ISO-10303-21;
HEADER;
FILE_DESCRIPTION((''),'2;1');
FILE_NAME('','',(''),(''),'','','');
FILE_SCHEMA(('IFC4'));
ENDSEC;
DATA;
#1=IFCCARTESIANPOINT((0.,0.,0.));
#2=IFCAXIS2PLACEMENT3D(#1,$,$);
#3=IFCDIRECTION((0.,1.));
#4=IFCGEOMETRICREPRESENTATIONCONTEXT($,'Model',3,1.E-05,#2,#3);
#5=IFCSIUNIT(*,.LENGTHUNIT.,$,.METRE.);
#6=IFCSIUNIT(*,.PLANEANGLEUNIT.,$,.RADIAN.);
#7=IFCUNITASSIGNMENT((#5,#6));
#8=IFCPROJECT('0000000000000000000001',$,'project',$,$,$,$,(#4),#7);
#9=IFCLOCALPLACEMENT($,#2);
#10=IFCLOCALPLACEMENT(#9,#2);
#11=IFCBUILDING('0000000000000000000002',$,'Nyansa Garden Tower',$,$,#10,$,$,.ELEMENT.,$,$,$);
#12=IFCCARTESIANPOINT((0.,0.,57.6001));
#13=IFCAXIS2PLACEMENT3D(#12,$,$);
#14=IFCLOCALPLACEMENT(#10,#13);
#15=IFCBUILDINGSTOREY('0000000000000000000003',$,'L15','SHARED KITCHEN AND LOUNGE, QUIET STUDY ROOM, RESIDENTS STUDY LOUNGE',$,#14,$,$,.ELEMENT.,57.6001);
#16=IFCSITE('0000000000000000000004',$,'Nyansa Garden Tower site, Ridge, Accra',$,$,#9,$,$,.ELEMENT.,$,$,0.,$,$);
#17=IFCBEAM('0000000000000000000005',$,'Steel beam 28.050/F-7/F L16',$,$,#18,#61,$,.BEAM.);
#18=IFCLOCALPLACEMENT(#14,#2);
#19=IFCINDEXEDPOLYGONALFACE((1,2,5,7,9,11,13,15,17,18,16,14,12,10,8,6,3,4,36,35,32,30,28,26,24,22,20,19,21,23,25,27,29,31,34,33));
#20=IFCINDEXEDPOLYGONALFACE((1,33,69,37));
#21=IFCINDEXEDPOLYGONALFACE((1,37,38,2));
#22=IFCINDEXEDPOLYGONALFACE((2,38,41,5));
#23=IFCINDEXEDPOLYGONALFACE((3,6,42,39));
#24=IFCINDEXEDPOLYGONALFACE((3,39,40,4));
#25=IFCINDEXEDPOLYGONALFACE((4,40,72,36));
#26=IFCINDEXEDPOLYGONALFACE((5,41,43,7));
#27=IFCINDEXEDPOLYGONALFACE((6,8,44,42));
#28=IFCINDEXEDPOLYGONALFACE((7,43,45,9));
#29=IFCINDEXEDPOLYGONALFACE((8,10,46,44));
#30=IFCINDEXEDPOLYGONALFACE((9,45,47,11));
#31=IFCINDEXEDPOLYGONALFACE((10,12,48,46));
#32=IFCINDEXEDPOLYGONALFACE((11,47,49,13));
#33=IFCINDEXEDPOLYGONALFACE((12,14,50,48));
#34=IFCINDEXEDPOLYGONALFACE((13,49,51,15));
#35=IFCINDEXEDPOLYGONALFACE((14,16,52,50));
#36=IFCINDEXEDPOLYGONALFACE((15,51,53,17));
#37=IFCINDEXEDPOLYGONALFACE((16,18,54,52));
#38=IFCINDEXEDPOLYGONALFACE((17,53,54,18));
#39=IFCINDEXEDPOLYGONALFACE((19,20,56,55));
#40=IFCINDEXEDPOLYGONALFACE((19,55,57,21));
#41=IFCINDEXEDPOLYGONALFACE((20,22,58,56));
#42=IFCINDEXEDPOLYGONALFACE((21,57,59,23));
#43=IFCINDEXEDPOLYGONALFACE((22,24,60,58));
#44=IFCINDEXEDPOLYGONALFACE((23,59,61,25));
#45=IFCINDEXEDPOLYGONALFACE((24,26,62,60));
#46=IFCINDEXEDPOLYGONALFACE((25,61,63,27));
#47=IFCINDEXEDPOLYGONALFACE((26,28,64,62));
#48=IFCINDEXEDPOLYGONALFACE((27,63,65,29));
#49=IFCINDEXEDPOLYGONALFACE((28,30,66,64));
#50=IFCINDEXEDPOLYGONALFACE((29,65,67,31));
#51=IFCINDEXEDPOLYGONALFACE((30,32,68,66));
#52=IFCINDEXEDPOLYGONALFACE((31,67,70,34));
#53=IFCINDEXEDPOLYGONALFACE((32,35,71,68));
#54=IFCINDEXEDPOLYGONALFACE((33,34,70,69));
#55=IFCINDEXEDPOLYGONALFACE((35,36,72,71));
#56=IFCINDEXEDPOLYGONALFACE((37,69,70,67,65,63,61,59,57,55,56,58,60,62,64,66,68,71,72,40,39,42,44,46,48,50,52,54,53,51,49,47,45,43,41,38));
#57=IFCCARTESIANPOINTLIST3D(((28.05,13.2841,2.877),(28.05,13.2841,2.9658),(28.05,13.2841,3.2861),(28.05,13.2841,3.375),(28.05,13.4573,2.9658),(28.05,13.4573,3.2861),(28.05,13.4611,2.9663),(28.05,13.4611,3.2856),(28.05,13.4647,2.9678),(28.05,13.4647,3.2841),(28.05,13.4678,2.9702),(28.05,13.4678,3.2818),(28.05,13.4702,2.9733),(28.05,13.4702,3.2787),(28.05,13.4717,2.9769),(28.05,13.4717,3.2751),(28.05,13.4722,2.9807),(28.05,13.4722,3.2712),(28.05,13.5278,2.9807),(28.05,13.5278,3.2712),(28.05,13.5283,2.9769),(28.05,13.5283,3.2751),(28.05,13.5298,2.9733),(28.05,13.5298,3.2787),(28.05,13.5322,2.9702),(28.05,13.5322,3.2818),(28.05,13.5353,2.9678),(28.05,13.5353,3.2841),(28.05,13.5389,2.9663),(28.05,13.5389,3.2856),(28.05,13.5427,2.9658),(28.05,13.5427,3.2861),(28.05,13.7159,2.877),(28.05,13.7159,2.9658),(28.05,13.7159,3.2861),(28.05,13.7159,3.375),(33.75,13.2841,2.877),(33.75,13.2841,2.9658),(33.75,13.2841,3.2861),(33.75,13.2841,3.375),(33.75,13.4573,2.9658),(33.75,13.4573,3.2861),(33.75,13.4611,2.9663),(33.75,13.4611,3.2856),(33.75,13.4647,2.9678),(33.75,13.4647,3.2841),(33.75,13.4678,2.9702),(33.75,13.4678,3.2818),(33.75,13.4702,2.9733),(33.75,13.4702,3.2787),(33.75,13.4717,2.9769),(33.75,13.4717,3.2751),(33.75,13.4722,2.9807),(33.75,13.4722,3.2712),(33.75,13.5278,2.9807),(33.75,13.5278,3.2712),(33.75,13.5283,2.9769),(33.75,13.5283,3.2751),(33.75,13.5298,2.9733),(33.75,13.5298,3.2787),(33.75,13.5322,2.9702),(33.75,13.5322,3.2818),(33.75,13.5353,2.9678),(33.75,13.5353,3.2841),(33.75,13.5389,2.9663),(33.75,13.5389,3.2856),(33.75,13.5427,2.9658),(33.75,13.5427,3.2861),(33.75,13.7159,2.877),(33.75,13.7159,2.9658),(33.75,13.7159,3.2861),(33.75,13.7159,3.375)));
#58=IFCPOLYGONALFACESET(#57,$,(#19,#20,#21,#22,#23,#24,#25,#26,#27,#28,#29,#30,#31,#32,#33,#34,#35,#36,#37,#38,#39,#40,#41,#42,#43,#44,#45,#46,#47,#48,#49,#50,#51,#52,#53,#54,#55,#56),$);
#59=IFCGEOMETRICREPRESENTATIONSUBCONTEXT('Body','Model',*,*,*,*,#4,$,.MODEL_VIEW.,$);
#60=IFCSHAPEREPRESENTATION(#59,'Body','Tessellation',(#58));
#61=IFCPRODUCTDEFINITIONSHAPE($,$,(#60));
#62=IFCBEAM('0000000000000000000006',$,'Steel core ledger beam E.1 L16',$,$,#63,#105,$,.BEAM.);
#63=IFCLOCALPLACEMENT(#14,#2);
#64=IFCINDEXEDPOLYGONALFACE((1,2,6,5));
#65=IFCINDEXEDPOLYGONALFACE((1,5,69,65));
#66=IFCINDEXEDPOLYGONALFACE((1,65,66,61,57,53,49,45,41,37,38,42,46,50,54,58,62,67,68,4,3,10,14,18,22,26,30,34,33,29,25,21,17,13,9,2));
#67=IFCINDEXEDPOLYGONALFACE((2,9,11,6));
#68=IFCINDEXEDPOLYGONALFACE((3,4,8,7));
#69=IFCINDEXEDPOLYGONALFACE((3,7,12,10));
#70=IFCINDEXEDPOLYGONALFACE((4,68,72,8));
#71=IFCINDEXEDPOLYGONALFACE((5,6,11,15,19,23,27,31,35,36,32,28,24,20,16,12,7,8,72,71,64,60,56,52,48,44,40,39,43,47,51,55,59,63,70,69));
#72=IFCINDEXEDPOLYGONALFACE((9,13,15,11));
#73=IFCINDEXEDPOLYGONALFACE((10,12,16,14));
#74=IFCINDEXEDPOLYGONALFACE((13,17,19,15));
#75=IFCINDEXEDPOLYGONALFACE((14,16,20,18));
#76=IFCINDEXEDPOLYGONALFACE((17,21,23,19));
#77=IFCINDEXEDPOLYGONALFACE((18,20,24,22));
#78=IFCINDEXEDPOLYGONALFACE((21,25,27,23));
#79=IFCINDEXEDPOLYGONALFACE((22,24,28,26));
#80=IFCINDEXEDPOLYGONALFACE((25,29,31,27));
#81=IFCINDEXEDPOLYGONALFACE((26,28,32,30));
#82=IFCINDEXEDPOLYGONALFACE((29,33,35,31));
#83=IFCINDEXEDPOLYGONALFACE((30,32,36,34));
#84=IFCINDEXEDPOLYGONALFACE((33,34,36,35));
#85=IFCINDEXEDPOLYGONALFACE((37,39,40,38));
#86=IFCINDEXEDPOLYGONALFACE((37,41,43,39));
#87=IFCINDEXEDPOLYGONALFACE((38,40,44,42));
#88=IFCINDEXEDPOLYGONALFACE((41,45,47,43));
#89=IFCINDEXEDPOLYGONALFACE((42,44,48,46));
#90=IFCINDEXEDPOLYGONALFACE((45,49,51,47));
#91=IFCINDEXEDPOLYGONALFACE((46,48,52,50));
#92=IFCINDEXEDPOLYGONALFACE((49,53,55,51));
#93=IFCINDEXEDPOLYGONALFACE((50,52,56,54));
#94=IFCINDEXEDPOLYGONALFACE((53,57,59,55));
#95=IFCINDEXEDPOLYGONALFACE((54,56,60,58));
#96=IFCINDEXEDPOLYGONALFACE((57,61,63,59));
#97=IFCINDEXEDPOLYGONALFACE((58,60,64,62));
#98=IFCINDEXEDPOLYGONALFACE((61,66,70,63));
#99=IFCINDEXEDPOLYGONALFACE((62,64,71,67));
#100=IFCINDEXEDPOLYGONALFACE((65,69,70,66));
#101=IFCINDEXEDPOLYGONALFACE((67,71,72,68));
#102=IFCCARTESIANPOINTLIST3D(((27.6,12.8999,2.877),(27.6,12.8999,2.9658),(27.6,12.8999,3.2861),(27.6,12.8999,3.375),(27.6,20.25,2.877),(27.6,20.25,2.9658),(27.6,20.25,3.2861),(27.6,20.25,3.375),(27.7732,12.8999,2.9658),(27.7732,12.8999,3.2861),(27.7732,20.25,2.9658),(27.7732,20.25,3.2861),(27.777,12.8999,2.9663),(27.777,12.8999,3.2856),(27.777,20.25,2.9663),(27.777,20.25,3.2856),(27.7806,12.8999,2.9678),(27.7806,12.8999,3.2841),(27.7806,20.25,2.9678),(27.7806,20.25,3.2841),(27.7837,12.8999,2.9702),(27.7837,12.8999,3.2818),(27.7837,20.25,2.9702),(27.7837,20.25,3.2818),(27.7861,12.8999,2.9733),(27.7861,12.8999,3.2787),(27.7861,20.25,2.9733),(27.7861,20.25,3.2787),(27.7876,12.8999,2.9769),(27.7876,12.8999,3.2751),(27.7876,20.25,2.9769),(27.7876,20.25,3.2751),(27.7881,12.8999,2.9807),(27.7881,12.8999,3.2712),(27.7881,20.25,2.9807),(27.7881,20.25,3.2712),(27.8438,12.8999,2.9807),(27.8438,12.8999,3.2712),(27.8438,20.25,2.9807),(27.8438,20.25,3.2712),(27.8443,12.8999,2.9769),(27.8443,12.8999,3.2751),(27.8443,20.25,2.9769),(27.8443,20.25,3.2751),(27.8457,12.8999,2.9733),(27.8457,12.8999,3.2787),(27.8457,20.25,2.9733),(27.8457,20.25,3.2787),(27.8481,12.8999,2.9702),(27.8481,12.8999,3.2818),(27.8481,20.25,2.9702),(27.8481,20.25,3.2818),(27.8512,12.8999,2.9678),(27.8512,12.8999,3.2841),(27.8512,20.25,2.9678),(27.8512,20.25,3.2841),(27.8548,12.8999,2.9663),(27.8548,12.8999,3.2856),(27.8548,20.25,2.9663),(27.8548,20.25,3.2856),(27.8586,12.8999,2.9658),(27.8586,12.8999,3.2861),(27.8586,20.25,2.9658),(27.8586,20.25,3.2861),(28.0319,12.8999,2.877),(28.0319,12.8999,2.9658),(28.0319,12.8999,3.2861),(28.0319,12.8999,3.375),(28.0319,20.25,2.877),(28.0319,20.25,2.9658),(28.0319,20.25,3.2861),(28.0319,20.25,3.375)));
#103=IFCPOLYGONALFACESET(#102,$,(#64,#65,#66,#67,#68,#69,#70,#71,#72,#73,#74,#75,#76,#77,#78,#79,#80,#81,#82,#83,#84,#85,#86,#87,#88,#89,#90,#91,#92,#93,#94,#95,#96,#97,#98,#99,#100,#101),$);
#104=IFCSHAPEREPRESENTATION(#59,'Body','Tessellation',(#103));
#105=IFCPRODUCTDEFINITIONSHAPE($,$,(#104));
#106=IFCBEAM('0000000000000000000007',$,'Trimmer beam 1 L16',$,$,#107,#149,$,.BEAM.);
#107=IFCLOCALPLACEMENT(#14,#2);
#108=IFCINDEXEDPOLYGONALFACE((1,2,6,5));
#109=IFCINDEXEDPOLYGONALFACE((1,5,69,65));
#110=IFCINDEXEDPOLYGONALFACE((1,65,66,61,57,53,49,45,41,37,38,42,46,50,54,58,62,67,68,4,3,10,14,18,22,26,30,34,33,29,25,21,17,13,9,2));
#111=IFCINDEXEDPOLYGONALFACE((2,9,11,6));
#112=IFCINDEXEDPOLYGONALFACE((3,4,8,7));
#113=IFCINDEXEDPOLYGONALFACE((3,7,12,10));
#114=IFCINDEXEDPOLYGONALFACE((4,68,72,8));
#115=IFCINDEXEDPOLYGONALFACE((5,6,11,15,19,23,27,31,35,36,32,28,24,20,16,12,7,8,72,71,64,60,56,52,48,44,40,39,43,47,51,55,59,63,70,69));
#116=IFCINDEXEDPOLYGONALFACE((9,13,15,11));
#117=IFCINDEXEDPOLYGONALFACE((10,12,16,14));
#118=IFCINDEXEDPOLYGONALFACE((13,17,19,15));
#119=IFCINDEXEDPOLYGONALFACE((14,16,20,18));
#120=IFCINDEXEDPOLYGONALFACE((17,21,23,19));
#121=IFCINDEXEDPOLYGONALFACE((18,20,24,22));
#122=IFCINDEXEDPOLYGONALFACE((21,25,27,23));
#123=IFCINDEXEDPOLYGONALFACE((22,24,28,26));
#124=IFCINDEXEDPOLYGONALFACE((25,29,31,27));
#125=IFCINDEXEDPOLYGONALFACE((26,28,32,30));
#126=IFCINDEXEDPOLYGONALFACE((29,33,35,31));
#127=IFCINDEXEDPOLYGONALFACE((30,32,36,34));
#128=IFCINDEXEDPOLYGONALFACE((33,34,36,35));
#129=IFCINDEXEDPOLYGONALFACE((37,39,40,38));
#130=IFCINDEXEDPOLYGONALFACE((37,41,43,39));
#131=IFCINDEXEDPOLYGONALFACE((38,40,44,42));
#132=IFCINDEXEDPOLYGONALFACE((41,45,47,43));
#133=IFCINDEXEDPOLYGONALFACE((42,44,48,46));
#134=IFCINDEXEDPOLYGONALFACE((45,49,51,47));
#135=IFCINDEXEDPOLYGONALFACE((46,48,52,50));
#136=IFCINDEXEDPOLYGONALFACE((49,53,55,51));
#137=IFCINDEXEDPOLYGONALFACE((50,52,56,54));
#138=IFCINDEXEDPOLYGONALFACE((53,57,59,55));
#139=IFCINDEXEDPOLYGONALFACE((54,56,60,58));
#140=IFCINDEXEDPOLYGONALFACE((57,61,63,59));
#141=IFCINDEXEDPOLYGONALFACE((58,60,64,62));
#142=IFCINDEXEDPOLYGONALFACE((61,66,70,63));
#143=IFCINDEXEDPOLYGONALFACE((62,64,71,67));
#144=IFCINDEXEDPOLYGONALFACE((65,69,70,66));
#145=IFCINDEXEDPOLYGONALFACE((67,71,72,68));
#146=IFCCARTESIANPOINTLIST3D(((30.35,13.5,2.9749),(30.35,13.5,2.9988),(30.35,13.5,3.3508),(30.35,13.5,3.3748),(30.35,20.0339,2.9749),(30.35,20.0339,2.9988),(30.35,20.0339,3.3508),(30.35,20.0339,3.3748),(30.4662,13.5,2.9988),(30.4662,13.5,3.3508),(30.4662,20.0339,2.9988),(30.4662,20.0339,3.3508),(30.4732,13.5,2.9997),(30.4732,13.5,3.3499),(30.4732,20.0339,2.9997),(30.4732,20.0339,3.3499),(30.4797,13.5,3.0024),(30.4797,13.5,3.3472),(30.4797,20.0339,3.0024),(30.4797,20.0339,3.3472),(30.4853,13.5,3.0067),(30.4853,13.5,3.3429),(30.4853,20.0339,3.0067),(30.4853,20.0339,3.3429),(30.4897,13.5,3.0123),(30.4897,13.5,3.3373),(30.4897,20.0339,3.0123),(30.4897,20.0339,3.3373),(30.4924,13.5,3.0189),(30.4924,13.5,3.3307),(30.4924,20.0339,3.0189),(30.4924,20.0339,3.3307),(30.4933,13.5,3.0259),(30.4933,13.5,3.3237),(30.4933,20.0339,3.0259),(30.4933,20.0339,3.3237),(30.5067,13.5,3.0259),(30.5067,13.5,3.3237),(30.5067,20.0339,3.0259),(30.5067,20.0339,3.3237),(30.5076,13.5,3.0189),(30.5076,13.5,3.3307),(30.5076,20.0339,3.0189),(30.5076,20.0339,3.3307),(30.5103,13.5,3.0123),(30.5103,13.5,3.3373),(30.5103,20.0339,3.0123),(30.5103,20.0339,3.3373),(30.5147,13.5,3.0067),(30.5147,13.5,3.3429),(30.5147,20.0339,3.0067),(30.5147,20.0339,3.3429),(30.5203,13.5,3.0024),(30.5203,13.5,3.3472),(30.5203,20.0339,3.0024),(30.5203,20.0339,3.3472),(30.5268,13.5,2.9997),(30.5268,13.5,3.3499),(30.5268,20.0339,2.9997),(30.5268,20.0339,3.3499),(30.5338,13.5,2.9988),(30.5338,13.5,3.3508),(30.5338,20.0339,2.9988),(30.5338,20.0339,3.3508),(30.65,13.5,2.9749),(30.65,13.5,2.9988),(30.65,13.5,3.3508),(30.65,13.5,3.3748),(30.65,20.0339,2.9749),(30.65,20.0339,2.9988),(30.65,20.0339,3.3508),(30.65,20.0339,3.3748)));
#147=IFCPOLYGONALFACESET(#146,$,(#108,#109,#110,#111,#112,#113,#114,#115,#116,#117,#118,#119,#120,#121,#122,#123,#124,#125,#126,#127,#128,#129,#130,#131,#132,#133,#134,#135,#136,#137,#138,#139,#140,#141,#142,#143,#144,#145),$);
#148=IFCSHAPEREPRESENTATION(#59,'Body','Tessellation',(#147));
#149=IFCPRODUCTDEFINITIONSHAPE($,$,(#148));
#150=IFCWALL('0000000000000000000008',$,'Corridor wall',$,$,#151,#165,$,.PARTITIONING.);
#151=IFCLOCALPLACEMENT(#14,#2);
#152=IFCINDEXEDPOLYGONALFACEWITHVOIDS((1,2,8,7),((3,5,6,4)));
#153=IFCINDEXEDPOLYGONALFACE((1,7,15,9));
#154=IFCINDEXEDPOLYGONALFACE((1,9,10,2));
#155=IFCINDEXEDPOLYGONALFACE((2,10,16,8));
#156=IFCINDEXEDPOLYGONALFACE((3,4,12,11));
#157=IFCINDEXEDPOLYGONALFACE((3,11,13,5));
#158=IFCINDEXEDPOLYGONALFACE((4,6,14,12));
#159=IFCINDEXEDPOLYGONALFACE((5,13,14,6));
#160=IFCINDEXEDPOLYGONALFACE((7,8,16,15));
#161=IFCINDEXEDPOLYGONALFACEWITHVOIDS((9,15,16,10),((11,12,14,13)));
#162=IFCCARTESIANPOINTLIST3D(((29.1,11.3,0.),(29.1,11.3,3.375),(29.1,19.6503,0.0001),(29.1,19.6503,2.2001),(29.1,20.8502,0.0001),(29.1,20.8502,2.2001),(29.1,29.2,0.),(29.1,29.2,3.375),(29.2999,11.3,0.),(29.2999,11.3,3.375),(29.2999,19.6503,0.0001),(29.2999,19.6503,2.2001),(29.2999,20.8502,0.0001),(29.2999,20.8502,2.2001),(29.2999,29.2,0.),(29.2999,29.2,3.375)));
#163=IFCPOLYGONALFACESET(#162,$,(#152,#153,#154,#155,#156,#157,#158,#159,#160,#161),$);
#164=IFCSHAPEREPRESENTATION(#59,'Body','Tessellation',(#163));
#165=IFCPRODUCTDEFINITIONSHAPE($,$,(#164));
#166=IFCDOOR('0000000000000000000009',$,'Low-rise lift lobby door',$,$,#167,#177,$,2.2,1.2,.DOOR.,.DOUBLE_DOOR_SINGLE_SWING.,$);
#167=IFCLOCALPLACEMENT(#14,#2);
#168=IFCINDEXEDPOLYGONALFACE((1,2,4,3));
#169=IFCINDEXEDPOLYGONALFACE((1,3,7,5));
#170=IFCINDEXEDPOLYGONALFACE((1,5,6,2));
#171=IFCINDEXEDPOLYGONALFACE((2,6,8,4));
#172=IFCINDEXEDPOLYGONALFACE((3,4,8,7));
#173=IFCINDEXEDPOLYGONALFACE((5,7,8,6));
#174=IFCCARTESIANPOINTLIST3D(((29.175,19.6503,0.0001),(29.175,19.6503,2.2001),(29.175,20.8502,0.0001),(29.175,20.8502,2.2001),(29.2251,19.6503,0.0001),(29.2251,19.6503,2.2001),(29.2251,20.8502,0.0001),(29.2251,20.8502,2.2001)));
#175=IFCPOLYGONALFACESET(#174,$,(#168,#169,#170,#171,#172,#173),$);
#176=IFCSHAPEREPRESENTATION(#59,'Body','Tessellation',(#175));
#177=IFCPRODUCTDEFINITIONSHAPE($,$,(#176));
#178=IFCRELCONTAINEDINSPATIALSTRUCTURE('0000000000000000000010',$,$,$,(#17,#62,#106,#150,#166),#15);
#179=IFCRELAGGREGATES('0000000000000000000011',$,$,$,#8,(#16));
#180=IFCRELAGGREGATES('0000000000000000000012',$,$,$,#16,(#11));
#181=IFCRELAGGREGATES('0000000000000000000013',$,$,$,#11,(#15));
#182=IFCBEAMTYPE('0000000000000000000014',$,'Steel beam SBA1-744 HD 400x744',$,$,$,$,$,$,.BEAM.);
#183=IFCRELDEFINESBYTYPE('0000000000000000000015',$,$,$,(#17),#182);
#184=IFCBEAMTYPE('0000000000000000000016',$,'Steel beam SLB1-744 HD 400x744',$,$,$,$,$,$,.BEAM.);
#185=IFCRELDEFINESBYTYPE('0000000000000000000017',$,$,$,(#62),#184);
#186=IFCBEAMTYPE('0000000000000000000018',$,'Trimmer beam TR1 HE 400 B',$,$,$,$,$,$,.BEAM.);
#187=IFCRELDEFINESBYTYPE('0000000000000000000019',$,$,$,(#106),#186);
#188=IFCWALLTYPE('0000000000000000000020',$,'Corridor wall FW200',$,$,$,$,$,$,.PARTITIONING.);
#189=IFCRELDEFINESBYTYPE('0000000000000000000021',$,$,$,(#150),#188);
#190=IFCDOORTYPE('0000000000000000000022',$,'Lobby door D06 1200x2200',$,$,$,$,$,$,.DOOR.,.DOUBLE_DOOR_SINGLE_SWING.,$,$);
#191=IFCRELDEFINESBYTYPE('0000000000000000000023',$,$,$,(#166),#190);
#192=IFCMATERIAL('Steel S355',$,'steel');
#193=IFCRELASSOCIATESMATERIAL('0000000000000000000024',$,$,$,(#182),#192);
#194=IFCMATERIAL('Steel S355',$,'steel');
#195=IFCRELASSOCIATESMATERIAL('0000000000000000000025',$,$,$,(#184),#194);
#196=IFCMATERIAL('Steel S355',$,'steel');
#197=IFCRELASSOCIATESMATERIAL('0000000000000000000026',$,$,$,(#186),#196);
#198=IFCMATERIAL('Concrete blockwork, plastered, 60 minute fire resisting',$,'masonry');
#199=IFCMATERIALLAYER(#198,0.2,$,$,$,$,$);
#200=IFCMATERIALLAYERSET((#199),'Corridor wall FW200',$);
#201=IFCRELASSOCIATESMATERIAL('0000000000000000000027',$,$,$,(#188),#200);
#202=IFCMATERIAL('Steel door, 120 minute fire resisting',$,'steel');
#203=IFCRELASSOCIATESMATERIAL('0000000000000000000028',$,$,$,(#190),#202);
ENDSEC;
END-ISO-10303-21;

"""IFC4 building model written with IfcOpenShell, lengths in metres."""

from ifc_helpers import new_model, si_unit, direction, frame, frame_2d, origin, origin_2d, place, context, subcontext, project, spatial, rectangle, i_section, extrude, material, layer, layer_set, material_profile, profile_set, type_object, element, fill, save


model = new_model("IFC4")

# Units and contexts
model_context = context("Model", 3, precision=1e-05, world=origin(), true_north=direction((0.0, 1.0)))
body_context = subcontext(model_context, "Body", "Model", "MODEL_VIEW")
ifc_project = project(units=[si_unit("LENGTHUNIT", "METRE"), si_unit("PLANEANGLEUNIT", "RADIAN")], contexts=[model_context])

# Site, building, storey
site_placement = place(None, origin())
site = spatial("IfcSite", under=ifc_project, at=site_placement, Name="Nyansa Garden Tower site, Ridge, Accra", CompositionType="ELEMENT", RefElevation=0.0)
building_placement = place(site_placement, origin())
building = spatial("IfcBuilding", under=site, at=building_placement, Name="Nyansa Garden Tower", CompositionType="ELEMENT")
storey_placement = place(building_placement, frame((0.0, 0.0, 57.6001)))
storey = spatial("IfcBuildingStorey", under=building, at=storey_placement, Name="L15", Description="SHARED KITCHEN AND LOUNGE, QUIET STUDY ROOM, RESIDENTS STUDY LOUNGE", CompositionType="ELEMENT", Elevation=57.6001)

# Beams
ifc_material_1 = material(Name="Steel S355", Category="steel")
ifc_material_profile_1 = material_profile(ifc_material_1, i_section(OverallWidth=0.4319, OverallDepth=0.498, WebThickness=0.0557, FlangeThickness=0.0889, FilletRadius=0.0149, at=origin_2d()), Name="HD 400x744")
ifc_profile_set_1 = profile_set([ifc_material_profile_1], Name="Steel S355")
beam_type_1 = type_object("IfcBeamType", Name="Steel beam SBA1-744 HD 400x744", PredefinedType="BEAM", material=ifc_profile_set_1)
beam_1_placement = place(storey_placement, frame((28.05, 13.5, 3.126), z_axis=(1.0, 0.0, 0.0), x_axis=(0.0, 1.0, 0.0)))
element("IfcBeam", 1, at=beam_1_placement, inside=storey, type_object=beam_type_1, Name="Steel beam 28.050/F-7/F L16", PredefinedType="BEAM", context=body_context, shape_type="SweptSolid", body=[
    extrude(i_section(OverallWidth=0.4319, OverallDepth=0.498, WebThickness=0.0557, FlangeThickness=0.0889, FilletRadius=0.0149, at=origin_2d()), origin(), (0.0, 0.0, 1.0), 5.7),
])
ifc_material_2 = material(Name="Steel S355", Category="steel")
ifc_material_profile_2 = material_profile(ifc_material_2, i_section(OverallWidth=0.4319, OverallDepth=0.498, WebThickness=0.0557, FlangeThickness=0.0889, FilletRadius=0.0149, at=origin_2d()), Name="HD 400x744")
ifc_profile_set_2 = profile_set([ifc_material_profile_2], Name="Steel S355")
beam_type_2 = type_object("IfcBeamType", Name="Steel beam SLB1-744 HD 400x744", PredefinedType="BEAM", material=ifc_profile_set_2)
beam_2_placement = place(storey_placement, frame((27.8159, 12.8999, 3.126), z_axis=(0.0, 1.0, 0.0), x_axis=(-1.0, 0.0, 0.0)))
element("IfcBeam", 2, at=beam_2_placement, inside=storey, type_object=beam_type_2, Name="Steel core ledger beam E.1 L16", PredefinedType="BEAM", context=body_context, shape_type="SweptSolid", body=[
    extrude(i_section(OverallWidth=0.4319, OverallDepth=0.498, WebThickness=0.0557, FlangeThickness=0.0889, FilletRadius=0.0149, at=origin_2d()), origin(), (0.0, 0.0, 1.0), 7.3501),
])
ifc_material_3 = material(Name="Steel S355", Category="steel")
ifc_material_profile_3 = material_profile(ifc_material_3, i_section(OverallWidth=0.3, OverallDepth=0.3999, WebThickness=0.0134, FlangeThickness=0.0239, FilletRadius=0.0271, at=origin_2d()), Name="HE 400 B")
ifc_profile_set_3 = profile_set([ifc_material_profile_3], Name="Steel S355")
beam_type_3 = type_object("IfcBeamType", Name="Trimmer beam TR1 HE 400 B", PredefinedType="BEAM", material=ifc_profile_set_3)
beam_3_placement = place(storey_placement, frame((30.5, 13.5, 3.1748), z_axis=(0.0, 1.0, 0.0), x_axis=(-1.0, 0.0, 0.0)))
element("IfcBeam", 3, at=beam_3_placement, inside=storey, type_object=beam_type_3, Name="Trimmer beam 1 L16", PredefinedType="BEAM", context=body_context, shape_type="SweptSolid", body=[
    extrude(i_section(OverallWidth=0.3, OverallDepth=0.3999, WebThickness=0.0134, FlangeThickness=0.0239, FilletRadius=0.0271, at=origin_2d()), origin(), (0.0, 0.0, 1.0), 6.5339),
])

# Wall, opening, door
ifc_material_4 = material(Name="Concrete blockwork, plastered, 60 minute fire resisting", Category="masonry")
ifc_layer_1 = layer(ifc_material_4, 0.2)
ifc_layer_set_1 = layer_set([ifc_layer_1], Name="Corridor wall FW200")
wall_type_1 = type_object("IfcWallType", Name="Corridor wall FW200", PredefinedType="PARTITIONING", material=ifc_layer_set_1)
wall_1_placement = place(storey_placement, frame((29.2, 11.3, 0.0), z_axis=(0.0, 0.0, 1.0), x_axis=(0.0, 1.0, 0.0)))
wall_1 = element("IfcWall", 4, at=wall_1_placement, inside=storey, type_object=wall_type_1, Name="Corridor wall", PredefinedType="PARTITIONING", context=body_context, shape_type="SweptSolid", body=[
    extrude(rectangle(XDim=17.8999, YDim=0.2, at=frame_2d((8.95, 0.0))), origin(), (0.0, 0.0, 1.0), 3.375),
])
opening_1_placement = place(wall_1_placement, frame((8.3501, 0.0, 0.0)))
opening_1 = element("IfcOpeningElement", 5, at=opening_1_placement, cuts=wall_1, PredefinedType="OPENING", context=body_context, shape_type="SweptSolid", body=[
    extrude(rectangle(XDim=1.2, YDim=2.2, at=frame_2d((0.6001, 1.1001))), frame((0.0, 0.1099, 0.0), z_axis=(0.0, -1.0, 0.0), x_axis=(1.0, 0.0, 0.0)), (0.0, 0.0, 1.0), 0.22),
])
ifc_material_5 = material(Name="Steel door, 120 minute fire resisting", Category="steel")
door_type_1 = type_object("IfcDoorType", Name="Lobby door D06 1200x2200", OperationType="DOUBLE_DOOR_SINGLE_SWING", PredefinedType="DOOR", material=ifc_material_5)
door_1_placement = place(opening_1_placement, origin())
door_1 = element("IfcDoor", 6, at=door_1_placement, inside=storey, type_object=door_type_1, Name="Low-rise lift lobby door", OperationType="DOUBLE_DOOR_SINGLE_SWING", OverallHeight=2.2, OverallWidth=1.2, PredefinedType="DOOR", context=body_context, shape_type="SweptSolid", body=[
    extrude(rectangle(XDim=1.2, YDim=2.2, at=frame_2d((0.6001, 1.1001))), frame((0.0, 0.0249, 0.0), z_axis=(0.0, -1.0, 0.0), x_axis=(1.0, 0.0, 0.0)), (0.0, 0.0, 1.0), 0.05),
])
fill(opening_1, door_1)

save(model, "model.ifc")
